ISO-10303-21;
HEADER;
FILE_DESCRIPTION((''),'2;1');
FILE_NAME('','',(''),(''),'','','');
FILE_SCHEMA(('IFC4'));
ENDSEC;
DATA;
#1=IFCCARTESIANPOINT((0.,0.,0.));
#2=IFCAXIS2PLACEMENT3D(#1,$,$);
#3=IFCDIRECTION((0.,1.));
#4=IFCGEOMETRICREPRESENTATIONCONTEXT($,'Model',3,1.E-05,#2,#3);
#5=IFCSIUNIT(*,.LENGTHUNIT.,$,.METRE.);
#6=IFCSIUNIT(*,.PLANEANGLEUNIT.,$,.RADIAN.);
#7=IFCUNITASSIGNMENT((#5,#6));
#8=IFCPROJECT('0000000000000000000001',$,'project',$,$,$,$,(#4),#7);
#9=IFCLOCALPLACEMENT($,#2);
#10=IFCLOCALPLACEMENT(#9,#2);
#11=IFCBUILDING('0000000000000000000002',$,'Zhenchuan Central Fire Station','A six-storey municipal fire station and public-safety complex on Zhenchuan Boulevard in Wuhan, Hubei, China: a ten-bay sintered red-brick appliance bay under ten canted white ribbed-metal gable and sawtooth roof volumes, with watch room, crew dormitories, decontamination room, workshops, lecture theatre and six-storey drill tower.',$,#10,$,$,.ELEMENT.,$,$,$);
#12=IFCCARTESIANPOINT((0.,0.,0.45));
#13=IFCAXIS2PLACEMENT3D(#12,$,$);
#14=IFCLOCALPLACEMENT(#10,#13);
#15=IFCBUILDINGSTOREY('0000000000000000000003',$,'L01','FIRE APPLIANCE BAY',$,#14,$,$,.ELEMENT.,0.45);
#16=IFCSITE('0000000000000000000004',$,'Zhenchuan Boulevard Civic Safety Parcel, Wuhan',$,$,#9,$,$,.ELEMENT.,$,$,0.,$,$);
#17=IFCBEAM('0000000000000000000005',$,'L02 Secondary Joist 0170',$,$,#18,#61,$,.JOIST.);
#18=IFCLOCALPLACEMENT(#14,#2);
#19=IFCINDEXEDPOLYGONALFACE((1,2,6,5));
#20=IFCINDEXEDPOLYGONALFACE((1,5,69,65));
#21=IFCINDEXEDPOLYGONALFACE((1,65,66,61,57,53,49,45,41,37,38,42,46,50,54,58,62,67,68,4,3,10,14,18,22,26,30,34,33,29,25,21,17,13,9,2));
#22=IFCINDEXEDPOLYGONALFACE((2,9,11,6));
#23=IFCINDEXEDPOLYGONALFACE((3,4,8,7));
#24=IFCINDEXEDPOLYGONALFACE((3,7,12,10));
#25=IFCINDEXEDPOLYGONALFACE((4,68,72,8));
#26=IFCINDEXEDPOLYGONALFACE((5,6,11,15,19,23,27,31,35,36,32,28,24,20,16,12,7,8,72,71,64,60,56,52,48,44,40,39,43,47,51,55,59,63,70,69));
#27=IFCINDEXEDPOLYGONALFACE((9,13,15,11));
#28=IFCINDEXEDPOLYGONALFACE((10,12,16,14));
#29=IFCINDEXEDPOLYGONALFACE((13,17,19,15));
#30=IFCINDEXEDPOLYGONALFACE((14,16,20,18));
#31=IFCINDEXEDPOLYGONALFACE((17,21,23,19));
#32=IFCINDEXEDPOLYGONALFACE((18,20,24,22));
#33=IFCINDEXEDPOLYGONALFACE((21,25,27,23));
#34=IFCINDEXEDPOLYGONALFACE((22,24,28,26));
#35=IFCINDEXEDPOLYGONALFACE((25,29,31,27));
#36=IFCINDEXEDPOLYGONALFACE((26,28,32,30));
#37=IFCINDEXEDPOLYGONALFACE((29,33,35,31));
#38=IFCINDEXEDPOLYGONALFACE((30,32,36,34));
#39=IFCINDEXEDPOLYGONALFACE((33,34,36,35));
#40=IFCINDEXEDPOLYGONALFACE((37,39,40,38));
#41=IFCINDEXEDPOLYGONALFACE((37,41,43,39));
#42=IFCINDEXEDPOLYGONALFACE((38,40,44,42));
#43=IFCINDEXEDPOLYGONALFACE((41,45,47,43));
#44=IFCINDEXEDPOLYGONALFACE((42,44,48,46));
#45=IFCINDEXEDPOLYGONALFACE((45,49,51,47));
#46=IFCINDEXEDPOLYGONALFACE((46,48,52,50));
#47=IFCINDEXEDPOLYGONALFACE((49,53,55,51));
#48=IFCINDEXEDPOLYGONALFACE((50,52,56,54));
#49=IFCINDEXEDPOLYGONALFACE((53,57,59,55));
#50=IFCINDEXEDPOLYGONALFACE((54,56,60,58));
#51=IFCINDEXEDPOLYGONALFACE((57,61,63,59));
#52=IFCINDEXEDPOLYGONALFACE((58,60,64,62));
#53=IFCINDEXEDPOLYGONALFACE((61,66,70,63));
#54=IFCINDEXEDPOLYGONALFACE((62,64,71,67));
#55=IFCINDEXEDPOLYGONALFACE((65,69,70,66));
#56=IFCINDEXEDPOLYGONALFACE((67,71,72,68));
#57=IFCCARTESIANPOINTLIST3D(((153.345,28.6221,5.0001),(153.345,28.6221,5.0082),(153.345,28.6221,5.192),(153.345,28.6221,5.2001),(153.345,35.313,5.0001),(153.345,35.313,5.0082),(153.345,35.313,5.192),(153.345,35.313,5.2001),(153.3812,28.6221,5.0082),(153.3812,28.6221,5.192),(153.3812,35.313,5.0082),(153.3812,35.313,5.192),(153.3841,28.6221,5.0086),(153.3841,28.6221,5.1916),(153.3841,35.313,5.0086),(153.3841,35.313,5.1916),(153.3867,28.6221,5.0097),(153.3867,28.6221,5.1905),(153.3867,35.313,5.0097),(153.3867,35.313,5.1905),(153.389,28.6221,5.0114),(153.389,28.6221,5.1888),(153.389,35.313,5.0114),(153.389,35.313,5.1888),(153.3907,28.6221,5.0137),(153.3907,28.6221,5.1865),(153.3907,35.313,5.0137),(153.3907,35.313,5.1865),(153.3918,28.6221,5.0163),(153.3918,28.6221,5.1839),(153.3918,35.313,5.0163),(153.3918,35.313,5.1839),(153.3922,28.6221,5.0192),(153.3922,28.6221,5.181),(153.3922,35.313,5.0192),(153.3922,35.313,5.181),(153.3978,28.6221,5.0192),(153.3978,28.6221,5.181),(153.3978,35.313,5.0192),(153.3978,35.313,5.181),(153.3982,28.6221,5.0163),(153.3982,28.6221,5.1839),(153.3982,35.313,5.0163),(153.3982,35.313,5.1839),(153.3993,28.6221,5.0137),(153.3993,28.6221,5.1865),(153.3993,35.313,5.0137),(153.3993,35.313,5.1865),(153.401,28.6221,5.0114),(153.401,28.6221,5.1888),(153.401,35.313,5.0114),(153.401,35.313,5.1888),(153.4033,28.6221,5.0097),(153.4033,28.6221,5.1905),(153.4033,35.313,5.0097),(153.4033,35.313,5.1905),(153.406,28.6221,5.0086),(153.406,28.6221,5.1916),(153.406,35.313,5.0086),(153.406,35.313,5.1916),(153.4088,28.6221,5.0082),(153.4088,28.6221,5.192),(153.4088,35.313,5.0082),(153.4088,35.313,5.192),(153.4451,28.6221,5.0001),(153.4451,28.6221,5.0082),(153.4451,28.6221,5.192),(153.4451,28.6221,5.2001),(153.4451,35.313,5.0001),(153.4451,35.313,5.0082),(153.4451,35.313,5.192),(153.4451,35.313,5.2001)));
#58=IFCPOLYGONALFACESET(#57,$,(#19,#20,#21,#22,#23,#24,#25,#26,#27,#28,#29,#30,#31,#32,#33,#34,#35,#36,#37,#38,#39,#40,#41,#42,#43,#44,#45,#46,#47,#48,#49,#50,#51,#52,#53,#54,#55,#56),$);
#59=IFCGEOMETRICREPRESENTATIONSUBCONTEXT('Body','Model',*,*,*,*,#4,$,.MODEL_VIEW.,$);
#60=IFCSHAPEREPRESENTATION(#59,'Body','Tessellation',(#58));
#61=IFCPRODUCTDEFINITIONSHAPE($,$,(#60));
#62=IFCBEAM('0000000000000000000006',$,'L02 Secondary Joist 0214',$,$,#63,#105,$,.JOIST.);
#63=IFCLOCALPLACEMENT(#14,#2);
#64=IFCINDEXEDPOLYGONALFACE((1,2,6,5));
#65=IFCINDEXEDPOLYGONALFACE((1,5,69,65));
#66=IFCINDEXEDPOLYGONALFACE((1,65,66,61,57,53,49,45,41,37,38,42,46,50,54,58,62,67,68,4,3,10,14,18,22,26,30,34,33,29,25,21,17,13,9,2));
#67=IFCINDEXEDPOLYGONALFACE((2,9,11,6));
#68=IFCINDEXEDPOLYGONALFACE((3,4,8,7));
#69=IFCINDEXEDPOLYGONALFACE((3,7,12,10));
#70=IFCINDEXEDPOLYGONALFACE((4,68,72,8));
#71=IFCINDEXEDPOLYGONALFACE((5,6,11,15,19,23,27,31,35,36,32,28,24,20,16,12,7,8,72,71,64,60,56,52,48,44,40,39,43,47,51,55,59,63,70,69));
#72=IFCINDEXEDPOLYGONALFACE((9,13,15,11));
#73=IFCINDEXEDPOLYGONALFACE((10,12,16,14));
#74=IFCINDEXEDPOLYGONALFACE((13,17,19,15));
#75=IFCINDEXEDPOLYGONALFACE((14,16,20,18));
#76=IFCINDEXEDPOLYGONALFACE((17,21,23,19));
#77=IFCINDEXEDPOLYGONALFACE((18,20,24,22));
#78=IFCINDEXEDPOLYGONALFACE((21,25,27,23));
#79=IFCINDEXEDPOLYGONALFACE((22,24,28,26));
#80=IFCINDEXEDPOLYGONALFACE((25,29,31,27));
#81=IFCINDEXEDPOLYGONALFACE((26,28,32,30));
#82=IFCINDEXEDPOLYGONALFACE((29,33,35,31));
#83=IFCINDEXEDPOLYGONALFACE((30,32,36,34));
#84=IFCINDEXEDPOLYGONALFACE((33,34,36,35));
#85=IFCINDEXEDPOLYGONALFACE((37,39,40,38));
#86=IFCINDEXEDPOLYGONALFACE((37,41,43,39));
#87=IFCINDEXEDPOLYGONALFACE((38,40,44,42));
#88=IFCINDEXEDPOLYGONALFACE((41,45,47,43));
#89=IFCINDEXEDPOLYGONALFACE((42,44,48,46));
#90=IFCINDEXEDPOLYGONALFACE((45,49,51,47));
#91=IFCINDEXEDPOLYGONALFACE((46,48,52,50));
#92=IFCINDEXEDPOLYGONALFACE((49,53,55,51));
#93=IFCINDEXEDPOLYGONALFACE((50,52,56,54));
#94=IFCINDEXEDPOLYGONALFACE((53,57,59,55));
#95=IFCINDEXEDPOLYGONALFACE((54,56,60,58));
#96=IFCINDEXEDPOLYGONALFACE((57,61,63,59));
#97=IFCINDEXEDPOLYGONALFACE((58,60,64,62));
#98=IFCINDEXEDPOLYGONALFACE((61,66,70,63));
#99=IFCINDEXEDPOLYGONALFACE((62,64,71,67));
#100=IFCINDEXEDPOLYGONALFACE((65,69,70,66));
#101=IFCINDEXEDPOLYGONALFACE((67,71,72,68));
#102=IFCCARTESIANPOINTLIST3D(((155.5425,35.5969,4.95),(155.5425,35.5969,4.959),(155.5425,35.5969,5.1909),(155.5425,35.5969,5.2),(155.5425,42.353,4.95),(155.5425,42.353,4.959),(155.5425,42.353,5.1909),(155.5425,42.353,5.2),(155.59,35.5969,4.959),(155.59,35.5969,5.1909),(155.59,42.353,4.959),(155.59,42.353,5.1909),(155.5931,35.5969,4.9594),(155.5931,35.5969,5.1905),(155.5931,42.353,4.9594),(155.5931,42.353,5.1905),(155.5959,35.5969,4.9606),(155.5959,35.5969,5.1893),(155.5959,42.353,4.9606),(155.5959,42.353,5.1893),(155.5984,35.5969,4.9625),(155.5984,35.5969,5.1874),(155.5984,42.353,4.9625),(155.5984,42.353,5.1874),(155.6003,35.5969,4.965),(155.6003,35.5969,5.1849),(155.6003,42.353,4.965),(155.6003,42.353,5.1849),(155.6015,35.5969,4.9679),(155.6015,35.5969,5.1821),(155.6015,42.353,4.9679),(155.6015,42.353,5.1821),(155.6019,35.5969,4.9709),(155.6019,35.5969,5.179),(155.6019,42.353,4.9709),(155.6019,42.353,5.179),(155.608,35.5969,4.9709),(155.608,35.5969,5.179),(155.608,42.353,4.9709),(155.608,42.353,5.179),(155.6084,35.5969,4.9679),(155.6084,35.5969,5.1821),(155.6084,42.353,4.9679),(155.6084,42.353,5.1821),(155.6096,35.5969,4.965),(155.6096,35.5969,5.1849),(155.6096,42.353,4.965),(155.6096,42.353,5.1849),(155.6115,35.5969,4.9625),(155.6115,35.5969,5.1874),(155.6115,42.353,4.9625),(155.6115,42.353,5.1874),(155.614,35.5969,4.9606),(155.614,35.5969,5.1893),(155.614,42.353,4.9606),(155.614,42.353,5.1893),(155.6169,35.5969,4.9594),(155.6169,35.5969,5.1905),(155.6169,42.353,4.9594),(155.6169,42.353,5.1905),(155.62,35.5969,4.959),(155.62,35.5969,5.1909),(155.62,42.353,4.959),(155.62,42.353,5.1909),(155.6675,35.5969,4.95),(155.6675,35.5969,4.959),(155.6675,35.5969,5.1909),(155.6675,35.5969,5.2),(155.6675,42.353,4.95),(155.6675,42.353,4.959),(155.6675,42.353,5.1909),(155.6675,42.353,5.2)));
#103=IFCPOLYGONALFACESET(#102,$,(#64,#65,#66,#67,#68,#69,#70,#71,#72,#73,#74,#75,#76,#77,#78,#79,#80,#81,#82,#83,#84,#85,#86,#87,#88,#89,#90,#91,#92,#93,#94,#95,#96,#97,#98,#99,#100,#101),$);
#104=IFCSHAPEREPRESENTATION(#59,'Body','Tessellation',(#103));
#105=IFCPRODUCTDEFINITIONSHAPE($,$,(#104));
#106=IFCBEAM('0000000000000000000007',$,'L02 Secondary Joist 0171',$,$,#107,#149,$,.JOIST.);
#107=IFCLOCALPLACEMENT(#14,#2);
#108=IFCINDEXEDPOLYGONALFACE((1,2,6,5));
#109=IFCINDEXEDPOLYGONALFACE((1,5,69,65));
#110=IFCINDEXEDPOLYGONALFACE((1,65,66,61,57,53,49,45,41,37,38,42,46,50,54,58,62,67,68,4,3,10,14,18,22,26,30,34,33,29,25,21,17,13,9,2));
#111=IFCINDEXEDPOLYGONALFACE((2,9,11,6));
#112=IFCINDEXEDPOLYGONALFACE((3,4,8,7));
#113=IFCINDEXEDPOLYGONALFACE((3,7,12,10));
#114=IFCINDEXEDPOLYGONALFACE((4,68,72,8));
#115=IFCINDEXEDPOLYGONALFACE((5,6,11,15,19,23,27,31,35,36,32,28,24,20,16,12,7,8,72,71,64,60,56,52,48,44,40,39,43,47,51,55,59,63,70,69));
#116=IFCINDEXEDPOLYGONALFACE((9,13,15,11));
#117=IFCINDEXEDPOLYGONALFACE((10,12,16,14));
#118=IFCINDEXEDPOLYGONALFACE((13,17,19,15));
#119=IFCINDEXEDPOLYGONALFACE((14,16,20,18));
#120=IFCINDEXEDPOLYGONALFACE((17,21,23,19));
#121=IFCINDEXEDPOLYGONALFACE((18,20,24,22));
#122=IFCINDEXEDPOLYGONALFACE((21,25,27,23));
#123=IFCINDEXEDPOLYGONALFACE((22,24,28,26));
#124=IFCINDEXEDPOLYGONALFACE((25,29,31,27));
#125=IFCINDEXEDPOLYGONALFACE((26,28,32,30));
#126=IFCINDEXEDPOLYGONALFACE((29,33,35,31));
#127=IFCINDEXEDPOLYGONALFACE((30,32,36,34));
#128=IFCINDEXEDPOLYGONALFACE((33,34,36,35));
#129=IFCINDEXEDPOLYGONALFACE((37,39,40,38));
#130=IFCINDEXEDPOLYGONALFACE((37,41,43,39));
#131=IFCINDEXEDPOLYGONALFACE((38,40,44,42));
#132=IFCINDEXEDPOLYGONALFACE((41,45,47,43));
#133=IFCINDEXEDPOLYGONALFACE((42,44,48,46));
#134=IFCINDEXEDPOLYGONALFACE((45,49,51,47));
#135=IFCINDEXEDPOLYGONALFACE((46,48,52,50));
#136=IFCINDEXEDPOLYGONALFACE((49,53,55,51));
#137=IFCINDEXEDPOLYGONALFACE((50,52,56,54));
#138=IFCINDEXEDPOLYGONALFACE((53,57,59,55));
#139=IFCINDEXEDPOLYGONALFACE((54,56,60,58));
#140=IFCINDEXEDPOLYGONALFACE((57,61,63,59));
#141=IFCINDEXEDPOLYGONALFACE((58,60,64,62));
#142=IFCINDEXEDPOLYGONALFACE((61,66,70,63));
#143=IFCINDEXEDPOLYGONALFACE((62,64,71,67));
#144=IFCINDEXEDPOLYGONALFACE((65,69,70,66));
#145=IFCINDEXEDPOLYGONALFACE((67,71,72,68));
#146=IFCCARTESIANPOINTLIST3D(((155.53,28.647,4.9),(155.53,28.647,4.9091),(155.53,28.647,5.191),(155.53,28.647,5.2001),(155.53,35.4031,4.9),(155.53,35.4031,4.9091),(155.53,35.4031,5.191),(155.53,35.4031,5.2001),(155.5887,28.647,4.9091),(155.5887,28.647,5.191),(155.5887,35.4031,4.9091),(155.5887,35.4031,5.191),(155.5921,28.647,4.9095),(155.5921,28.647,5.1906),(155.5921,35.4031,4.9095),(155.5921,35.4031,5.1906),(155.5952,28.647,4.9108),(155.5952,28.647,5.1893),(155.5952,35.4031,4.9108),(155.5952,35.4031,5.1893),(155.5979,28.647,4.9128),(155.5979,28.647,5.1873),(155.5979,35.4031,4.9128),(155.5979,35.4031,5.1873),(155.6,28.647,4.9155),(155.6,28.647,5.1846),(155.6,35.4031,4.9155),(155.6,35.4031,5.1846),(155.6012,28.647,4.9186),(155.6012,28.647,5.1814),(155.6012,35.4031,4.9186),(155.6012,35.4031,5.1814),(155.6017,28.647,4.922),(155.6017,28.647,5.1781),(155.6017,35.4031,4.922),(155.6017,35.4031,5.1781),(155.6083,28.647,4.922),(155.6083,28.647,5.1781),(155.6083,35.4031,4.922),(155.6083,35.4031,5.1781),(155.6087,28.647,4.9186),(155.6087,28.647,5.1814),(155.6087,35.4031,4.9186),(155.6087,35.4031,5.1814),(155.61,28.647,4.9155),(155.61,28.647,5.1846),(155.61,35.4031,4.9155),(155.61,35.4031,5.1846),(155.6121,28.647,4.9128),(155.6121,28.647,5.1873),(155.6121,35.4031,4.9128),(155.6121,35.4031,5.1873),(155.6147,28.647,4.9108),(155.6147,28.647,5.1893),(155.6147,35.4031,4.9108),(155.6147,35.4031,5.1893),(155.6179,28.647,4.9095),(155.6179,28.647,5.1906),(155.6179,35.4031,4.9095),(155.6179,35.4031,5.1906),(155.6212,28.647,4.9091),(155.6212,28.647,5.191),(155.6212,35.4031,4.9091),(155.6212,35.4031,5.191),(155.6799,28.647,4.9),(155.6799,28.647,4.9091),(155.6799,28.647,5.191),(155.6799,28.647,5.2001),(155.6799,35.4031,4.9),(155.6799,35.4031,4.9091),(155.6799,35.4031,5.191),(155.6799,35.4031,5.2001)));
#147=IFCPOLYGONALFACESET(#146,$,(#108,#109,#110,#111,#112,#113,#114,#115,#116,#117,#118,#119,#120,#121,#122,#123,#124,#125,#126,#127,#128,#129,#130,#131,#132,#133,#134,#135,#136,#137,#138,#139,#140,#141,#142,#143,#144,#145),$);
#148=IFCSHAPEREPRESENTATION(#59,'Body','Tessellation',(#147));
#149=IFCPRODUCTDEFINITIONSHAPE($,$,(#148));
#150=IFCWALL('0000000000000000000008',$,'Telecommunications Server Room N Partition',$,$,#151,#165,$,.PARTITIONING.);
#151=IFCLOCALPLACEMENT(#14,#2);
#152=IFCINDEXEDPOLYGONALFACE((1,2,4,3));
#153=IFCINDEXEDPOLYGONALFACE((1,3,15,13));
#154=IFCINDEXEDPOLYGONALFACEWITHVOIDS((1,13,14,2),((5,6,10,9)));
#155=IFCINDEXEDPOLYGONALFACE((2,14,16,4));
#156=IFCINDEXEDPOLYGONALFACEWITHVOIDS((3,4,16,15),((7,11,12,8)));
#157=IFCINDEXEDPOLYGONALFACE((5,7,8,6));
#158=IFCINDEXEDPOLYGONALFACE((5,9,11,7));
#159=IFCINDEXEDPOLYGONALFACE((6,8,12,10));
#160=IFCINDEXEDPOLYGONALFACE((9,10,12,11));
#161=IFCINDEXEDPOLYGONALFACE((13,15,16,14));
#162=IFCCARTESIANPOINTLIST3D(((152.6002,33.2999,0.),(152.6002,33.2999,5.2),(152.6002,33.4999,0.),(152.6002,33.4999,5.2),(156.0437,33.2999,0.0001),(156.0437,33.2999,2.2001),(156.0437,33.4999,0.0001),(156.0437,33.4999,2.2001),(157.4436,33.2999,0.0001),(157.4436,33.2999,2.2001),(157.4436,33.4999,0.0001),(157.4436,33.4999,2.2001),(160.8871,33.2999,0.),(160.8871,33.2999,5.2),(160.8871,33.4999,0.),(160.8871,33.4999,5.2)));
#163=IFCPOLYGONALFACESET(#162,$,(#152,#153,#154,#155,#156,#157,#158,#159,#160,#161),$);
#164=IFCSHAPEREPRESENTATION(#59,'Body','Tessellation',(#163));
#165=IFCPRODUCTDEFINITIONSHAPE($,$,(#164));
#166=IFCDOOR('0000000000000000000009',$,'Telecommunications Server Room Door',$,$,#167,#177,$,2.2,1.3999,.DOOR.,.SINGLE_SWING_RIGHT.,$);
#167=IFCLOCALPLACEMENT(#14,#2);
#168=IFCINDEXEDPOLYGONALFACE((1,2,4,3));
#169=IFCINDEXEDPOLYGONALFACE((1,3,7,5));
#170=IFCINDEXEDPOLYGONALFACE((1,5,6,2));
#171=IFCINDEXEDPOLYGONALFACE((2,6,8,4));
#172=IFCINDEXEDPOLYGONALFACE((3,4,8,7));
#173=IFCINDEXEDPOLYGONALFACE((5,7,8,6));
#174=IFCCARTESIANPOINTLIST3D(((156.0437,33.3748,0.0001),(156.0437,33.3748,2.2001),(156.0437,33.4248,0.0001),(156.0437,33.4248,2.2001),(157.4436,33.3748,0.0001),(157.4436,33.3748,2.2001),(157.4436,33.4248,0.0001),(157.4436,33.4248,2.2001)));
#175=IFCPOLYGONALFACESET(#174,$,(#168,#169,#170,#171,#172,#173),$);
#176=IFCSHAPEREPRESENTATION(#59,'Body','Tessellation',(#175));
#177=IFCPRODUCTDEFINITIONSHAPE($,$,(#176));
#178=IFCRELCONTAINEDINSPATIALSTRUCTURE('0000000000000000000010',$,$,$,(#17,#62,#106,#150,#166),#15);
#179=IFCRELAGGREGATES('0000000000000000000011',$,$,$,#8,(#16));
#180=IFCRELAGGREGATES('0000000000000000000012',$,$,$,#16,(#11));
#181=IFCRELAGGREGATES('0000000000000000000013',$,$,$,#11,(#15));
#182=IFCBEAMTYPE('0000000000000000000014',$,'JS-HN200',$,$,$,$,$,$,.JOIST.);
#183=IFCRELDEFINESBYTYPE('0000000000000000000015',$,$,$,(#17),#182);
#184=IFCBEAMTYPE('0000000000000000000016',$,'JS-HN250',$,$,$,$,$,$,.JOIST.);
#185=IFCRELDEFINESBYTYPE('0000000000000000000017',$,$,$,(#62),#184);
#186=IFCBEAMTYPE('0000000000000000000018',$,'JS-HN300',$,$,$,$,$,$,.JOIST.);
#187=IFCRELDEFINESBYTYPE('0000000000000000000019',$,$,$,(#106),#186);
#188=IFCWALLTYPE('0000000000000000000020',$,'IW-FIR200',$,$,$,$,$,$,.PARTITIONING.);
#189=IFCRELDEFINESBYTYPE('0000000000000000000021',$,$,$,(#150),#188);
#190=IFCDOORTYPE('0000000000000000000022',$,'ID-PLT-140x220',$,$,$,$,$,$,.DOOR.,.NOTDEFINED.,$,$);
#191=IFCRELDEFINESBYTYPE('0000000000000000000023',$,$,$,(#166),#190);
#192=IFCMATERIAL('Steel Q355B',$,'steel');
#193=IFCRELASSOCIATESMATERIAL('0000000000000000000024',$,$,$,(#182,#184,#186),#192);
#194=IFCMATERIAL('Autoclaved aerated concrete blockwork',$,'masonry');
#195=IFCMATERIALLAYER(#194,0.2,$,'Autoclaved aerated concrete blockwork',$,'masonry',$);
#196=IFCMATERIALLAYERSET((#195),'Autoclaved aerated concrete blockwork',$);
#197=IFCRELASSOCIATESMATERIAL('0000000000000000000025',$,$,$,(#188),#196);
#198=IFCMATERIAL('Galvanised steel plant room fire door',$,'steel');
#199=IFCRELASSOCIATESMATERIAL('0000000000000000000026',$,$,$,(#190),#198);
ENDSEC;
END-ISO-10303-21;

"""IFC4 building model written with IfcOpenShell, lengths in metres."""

from ifc_helpers import new_model, si_unit, direction, frame, frame_2d, origin, origin_2d, place, context, subcontext, project, spatial, rectangle, i_section, extrude, material, layer, layer_set, material_profile, profile_set, type_object, element, fill, save


model = new_model("IFC4")

# Units and contexts
model_context = context("Model", 3, precision=1e-05, world=origin(), true_north=direction((0.0, 1.0)))
body_context = subcontext(model_context, "Body", "Model", "MODEL_VIEW")
ifc_project = project(units=[si_unit("LENGTHUNIT", "METRE"), si_unit("PLANEANGLEUNIT", "RADIAN")], contexts=[model_context])

# Site, building, storey
site_placement = place(None, origin())
site = spatial("IfcSite", under=ifc_project, at=site_placement, Name="Zhenchuan Boulevard Civic Safety Parcel, Wuhan", CompositionType="ELEMENT", RefElevation=0.0)
building_placement = place(site_placement, origin())
building = spatial("IfcBuilding", under=site, at=building_placement, Name="Zhenchuan Central Fire Station", Description="A six-storey municipal fire station and public-safety complex on Zhenchuan Boulevard in Wuhan, Hubei, China: a ten-bay sintered red-brick appliance bay under ten canted white ribbed-metal gable and sawtooth roof volumes, with watch room, crew dormitories, decontamination room, workshops, lecture theatre and six-storey drill tower.", CompositionType="ELEMENT")
storey_placement = place(building_placement, frame((0.0, 0.0, 0.45)))
storey = spatial("IfcBuildingStorey", under=building, at=storey_placement, Name="L01", Description="FIRE APPLIANCE BAY", CompositionType="ELEMENT", Elevation=0.45)

# Shared definitions
ifc_material_1 = material(Name="Steel Q355B", Category="steel")

# Beams
ifc_material_profile_1 = material_profile(ifc_material_1, i_section(OverallWidth=0.1001, OverallDepth=0.2, WebThickness=0.0056, FlangeThickness=0.0081, FilletRadius=0.011, at=origin_2d()), Name="HN 200x100")
ifc_profile_set_1 = profile_set([ifc_material_profile_1], Name="Steel Q355B")
beam_type_1 = type_object("IfcBeamType", Name="JS-HN200", PredefinedType="JOIST", material=ifc_profile_set_1)
beam_1_placement = place(storey_placement, frame((153.395, 28.6221, 5.1001), z_axis=(0.0, 1.0, 0.0), x_axis=(-1.0, 0.0, 0.0)))
element("IfcBeam", 1, at=beam_1_placement, inside=storey, type_object=beam_type_1, Name="L02 Secondary Joist 0170", PredefinedType="JOIST", context=body_context, shape_type="SweptSolid", body=[
    extrude(i_section(OverallWidth=0.1001, OverallDepth=0.2, WebThickness=0.0056, FlangeThickness=0.0081, FilletRadius=0.011, at=origin_2d()), origin(), (0.0, 0.0, 1.0), 6.6909),
])
ifc_material_profile_2 = material_profile(ifc_material_1, i_section(OverallWidth=0.125, OverallDepth=0.25, WebThickness=0.0061, FlangeThickness=0.009, FilletRadius=0.012, at=origin_2d()), Name="HN 250x125")
ifc_profile_set_2 = profile_set([ifc_material_profile_2], Name="Steel Q355B")
beam_type_2 = type_object("IfcBeamType", Name="JS-HN250", PredefinedType="JOIST", material=ifc_profile_set_2)
beam_2_placement = place(storey_placement, frame((155.605, 35.5969, 5.075), z_axis=(0.0, 1.0, 0.0), x_axis=(-1.0, 0.0, 0.0)))
element("IfcBeam", 2, at=beam_2_placement, inside=storey, type_object=beam_type_2, Name="L02 Secondary Joist 0214", PredefinedType="JOIST", context=body_context, shape_type="SweptSolid", body=[
    extrude(i_section(OverallWidth=0.125, OverallDepth=0.25, WebThickness=0.0061, FlangeThickness=0.009, FilletRadius=0.012, at=origin_2d()), origin(), (0.0, 0.0, 1.0), 6.7561),
])
ifc_material_profile_3 = material_profile(ifc_material_1, i_section(OverallWidth=0.1499, OverallDepth=0.3, WebThickness=0.0066, FlangeThickness=0.009, FilletRadius=0.0129, at=origin_2d()), Name="HN 300x150")
ifc_profile_set_3 = profile_set([ifc_material_profile_3], Name="Steel Q355B")
beam_type_3 = type_object("IfcBeamType", Name="JS-HN300", PredefinedType="JOIST", material=ifc_profile_set_3)
beam_3_placement = place(storey_placement, frame((155.605, 28.647, 5.05), z_axis=(0.0, 1.0, 0.0), x_axis=(-1.0, 0.0, 0.0)))
element("IfcBeam", 3, at=beam_3_placement, inside=storey, type_object=beam_type_3, Name="L02 Secondary Joist 0171", PredefinedType="JOIST", context=body_context, shape_type="SweptSolid", body=[
    extrude(i_section(OverallWidth=0.1499, OverallDepth=0.3, WebThickness=0.0066, FlangeThickness=0.009, FilletRadius=0.0129, at=origin_2d()), origin(), (0.0, 0.0, 1.0), 6.7561),
])

# Wall, opening, door
ifc_material_2 = material(Name="Autoclaved aerated concrete blockwork", Category="masonry")
ifc_layer_1 = layer(ifc_material_2, 0.2, Name="Autoclaved aerated concrete blockwork", Category="masonry")
ifc_layer_set_1 = layer_set([ifc_layer_1], Name="Autoclaved aerated concrete blockwork")
wall_type_1 = type_object("IfcWallType", Name="IW-FIR200", PredefinedType="PARTITIONING", material=ifc_layer_set_1)
wall_1_placement = place(storey_placement, frame((152.6001, 33.3999, 0.0), z_axis=(0.0, 0.0, 1.0), x_axis=(1.0, 0.0, 0.0)))
wall_1 = element("IfcWall", 4, at=wall_1_placement, inside=storey, type_object=wall_type_1, Name="Telecommunications Server Room N Partition", PredefinedType="PARTITIONING", context=body_context, shape_type="SweptSolid", body=[
    extrude(rectangle(XDim=8.2869, YDim=0.2, at=frame_2d((4.1436, 0.0))), origin(), (0.0, 0.0, 1.0), 5.2),
])
opening_placement = place(wall_1_placement, frame((3.4436, 0.0, 0.0)))
opening = element("IfcOpeningElement", 5, at=opening_placement, cuts=wall_1, PredefinedType="OPENING", context=body_context, shape_type="SweptSolid", body=[
    extrude(rectangle(XDim=1.3999, YDim=2.2, at=frame_2d((0.7, 1.1001))), frame((0.0, 0.1099, 0.0), z_axis=(0.0, -1.0, 0.0), x_axis=(1.0, 0.0, 0.0)), (0.0, 0.0, 1.0), 0.22),
])
ifc_material_3 = material(Name="Galvanised steel plant room fire door", Category="steel")
door_type = type_object("IfcDoorType", Name="ID-PLT-140x220", OperationType="NOTDEFINED", PredefinedType="DOOR", material=ifc_material_3)
door_placement = place(opening_placement, origin())
door = element("IfcDoor", 6, at=door_placement, inside=storey, type_object=door_type, Name="Telecommunications Server Room Door", OperationType="SINGLE_SWING_RIGHT", OverallHeight=2.2, OverallWidth=1.3999, PredefinedType="DOOR", context=body_context, shape_type="SweptSolid", body=[
    extrude(rectangle(XDim=1.3999, YDim=2.2, at=frame_2d((0.7, 1.1001))), frame((0.0, 0.0249, 0.0), z_axis=(0.0, -1.0, 0.0), x_axis=(1.0, 0.0, 0.0)), (0.0, 0.0, 1.0), 0.05),
])
fill(opening, door)

save(model, "model.ifc")
